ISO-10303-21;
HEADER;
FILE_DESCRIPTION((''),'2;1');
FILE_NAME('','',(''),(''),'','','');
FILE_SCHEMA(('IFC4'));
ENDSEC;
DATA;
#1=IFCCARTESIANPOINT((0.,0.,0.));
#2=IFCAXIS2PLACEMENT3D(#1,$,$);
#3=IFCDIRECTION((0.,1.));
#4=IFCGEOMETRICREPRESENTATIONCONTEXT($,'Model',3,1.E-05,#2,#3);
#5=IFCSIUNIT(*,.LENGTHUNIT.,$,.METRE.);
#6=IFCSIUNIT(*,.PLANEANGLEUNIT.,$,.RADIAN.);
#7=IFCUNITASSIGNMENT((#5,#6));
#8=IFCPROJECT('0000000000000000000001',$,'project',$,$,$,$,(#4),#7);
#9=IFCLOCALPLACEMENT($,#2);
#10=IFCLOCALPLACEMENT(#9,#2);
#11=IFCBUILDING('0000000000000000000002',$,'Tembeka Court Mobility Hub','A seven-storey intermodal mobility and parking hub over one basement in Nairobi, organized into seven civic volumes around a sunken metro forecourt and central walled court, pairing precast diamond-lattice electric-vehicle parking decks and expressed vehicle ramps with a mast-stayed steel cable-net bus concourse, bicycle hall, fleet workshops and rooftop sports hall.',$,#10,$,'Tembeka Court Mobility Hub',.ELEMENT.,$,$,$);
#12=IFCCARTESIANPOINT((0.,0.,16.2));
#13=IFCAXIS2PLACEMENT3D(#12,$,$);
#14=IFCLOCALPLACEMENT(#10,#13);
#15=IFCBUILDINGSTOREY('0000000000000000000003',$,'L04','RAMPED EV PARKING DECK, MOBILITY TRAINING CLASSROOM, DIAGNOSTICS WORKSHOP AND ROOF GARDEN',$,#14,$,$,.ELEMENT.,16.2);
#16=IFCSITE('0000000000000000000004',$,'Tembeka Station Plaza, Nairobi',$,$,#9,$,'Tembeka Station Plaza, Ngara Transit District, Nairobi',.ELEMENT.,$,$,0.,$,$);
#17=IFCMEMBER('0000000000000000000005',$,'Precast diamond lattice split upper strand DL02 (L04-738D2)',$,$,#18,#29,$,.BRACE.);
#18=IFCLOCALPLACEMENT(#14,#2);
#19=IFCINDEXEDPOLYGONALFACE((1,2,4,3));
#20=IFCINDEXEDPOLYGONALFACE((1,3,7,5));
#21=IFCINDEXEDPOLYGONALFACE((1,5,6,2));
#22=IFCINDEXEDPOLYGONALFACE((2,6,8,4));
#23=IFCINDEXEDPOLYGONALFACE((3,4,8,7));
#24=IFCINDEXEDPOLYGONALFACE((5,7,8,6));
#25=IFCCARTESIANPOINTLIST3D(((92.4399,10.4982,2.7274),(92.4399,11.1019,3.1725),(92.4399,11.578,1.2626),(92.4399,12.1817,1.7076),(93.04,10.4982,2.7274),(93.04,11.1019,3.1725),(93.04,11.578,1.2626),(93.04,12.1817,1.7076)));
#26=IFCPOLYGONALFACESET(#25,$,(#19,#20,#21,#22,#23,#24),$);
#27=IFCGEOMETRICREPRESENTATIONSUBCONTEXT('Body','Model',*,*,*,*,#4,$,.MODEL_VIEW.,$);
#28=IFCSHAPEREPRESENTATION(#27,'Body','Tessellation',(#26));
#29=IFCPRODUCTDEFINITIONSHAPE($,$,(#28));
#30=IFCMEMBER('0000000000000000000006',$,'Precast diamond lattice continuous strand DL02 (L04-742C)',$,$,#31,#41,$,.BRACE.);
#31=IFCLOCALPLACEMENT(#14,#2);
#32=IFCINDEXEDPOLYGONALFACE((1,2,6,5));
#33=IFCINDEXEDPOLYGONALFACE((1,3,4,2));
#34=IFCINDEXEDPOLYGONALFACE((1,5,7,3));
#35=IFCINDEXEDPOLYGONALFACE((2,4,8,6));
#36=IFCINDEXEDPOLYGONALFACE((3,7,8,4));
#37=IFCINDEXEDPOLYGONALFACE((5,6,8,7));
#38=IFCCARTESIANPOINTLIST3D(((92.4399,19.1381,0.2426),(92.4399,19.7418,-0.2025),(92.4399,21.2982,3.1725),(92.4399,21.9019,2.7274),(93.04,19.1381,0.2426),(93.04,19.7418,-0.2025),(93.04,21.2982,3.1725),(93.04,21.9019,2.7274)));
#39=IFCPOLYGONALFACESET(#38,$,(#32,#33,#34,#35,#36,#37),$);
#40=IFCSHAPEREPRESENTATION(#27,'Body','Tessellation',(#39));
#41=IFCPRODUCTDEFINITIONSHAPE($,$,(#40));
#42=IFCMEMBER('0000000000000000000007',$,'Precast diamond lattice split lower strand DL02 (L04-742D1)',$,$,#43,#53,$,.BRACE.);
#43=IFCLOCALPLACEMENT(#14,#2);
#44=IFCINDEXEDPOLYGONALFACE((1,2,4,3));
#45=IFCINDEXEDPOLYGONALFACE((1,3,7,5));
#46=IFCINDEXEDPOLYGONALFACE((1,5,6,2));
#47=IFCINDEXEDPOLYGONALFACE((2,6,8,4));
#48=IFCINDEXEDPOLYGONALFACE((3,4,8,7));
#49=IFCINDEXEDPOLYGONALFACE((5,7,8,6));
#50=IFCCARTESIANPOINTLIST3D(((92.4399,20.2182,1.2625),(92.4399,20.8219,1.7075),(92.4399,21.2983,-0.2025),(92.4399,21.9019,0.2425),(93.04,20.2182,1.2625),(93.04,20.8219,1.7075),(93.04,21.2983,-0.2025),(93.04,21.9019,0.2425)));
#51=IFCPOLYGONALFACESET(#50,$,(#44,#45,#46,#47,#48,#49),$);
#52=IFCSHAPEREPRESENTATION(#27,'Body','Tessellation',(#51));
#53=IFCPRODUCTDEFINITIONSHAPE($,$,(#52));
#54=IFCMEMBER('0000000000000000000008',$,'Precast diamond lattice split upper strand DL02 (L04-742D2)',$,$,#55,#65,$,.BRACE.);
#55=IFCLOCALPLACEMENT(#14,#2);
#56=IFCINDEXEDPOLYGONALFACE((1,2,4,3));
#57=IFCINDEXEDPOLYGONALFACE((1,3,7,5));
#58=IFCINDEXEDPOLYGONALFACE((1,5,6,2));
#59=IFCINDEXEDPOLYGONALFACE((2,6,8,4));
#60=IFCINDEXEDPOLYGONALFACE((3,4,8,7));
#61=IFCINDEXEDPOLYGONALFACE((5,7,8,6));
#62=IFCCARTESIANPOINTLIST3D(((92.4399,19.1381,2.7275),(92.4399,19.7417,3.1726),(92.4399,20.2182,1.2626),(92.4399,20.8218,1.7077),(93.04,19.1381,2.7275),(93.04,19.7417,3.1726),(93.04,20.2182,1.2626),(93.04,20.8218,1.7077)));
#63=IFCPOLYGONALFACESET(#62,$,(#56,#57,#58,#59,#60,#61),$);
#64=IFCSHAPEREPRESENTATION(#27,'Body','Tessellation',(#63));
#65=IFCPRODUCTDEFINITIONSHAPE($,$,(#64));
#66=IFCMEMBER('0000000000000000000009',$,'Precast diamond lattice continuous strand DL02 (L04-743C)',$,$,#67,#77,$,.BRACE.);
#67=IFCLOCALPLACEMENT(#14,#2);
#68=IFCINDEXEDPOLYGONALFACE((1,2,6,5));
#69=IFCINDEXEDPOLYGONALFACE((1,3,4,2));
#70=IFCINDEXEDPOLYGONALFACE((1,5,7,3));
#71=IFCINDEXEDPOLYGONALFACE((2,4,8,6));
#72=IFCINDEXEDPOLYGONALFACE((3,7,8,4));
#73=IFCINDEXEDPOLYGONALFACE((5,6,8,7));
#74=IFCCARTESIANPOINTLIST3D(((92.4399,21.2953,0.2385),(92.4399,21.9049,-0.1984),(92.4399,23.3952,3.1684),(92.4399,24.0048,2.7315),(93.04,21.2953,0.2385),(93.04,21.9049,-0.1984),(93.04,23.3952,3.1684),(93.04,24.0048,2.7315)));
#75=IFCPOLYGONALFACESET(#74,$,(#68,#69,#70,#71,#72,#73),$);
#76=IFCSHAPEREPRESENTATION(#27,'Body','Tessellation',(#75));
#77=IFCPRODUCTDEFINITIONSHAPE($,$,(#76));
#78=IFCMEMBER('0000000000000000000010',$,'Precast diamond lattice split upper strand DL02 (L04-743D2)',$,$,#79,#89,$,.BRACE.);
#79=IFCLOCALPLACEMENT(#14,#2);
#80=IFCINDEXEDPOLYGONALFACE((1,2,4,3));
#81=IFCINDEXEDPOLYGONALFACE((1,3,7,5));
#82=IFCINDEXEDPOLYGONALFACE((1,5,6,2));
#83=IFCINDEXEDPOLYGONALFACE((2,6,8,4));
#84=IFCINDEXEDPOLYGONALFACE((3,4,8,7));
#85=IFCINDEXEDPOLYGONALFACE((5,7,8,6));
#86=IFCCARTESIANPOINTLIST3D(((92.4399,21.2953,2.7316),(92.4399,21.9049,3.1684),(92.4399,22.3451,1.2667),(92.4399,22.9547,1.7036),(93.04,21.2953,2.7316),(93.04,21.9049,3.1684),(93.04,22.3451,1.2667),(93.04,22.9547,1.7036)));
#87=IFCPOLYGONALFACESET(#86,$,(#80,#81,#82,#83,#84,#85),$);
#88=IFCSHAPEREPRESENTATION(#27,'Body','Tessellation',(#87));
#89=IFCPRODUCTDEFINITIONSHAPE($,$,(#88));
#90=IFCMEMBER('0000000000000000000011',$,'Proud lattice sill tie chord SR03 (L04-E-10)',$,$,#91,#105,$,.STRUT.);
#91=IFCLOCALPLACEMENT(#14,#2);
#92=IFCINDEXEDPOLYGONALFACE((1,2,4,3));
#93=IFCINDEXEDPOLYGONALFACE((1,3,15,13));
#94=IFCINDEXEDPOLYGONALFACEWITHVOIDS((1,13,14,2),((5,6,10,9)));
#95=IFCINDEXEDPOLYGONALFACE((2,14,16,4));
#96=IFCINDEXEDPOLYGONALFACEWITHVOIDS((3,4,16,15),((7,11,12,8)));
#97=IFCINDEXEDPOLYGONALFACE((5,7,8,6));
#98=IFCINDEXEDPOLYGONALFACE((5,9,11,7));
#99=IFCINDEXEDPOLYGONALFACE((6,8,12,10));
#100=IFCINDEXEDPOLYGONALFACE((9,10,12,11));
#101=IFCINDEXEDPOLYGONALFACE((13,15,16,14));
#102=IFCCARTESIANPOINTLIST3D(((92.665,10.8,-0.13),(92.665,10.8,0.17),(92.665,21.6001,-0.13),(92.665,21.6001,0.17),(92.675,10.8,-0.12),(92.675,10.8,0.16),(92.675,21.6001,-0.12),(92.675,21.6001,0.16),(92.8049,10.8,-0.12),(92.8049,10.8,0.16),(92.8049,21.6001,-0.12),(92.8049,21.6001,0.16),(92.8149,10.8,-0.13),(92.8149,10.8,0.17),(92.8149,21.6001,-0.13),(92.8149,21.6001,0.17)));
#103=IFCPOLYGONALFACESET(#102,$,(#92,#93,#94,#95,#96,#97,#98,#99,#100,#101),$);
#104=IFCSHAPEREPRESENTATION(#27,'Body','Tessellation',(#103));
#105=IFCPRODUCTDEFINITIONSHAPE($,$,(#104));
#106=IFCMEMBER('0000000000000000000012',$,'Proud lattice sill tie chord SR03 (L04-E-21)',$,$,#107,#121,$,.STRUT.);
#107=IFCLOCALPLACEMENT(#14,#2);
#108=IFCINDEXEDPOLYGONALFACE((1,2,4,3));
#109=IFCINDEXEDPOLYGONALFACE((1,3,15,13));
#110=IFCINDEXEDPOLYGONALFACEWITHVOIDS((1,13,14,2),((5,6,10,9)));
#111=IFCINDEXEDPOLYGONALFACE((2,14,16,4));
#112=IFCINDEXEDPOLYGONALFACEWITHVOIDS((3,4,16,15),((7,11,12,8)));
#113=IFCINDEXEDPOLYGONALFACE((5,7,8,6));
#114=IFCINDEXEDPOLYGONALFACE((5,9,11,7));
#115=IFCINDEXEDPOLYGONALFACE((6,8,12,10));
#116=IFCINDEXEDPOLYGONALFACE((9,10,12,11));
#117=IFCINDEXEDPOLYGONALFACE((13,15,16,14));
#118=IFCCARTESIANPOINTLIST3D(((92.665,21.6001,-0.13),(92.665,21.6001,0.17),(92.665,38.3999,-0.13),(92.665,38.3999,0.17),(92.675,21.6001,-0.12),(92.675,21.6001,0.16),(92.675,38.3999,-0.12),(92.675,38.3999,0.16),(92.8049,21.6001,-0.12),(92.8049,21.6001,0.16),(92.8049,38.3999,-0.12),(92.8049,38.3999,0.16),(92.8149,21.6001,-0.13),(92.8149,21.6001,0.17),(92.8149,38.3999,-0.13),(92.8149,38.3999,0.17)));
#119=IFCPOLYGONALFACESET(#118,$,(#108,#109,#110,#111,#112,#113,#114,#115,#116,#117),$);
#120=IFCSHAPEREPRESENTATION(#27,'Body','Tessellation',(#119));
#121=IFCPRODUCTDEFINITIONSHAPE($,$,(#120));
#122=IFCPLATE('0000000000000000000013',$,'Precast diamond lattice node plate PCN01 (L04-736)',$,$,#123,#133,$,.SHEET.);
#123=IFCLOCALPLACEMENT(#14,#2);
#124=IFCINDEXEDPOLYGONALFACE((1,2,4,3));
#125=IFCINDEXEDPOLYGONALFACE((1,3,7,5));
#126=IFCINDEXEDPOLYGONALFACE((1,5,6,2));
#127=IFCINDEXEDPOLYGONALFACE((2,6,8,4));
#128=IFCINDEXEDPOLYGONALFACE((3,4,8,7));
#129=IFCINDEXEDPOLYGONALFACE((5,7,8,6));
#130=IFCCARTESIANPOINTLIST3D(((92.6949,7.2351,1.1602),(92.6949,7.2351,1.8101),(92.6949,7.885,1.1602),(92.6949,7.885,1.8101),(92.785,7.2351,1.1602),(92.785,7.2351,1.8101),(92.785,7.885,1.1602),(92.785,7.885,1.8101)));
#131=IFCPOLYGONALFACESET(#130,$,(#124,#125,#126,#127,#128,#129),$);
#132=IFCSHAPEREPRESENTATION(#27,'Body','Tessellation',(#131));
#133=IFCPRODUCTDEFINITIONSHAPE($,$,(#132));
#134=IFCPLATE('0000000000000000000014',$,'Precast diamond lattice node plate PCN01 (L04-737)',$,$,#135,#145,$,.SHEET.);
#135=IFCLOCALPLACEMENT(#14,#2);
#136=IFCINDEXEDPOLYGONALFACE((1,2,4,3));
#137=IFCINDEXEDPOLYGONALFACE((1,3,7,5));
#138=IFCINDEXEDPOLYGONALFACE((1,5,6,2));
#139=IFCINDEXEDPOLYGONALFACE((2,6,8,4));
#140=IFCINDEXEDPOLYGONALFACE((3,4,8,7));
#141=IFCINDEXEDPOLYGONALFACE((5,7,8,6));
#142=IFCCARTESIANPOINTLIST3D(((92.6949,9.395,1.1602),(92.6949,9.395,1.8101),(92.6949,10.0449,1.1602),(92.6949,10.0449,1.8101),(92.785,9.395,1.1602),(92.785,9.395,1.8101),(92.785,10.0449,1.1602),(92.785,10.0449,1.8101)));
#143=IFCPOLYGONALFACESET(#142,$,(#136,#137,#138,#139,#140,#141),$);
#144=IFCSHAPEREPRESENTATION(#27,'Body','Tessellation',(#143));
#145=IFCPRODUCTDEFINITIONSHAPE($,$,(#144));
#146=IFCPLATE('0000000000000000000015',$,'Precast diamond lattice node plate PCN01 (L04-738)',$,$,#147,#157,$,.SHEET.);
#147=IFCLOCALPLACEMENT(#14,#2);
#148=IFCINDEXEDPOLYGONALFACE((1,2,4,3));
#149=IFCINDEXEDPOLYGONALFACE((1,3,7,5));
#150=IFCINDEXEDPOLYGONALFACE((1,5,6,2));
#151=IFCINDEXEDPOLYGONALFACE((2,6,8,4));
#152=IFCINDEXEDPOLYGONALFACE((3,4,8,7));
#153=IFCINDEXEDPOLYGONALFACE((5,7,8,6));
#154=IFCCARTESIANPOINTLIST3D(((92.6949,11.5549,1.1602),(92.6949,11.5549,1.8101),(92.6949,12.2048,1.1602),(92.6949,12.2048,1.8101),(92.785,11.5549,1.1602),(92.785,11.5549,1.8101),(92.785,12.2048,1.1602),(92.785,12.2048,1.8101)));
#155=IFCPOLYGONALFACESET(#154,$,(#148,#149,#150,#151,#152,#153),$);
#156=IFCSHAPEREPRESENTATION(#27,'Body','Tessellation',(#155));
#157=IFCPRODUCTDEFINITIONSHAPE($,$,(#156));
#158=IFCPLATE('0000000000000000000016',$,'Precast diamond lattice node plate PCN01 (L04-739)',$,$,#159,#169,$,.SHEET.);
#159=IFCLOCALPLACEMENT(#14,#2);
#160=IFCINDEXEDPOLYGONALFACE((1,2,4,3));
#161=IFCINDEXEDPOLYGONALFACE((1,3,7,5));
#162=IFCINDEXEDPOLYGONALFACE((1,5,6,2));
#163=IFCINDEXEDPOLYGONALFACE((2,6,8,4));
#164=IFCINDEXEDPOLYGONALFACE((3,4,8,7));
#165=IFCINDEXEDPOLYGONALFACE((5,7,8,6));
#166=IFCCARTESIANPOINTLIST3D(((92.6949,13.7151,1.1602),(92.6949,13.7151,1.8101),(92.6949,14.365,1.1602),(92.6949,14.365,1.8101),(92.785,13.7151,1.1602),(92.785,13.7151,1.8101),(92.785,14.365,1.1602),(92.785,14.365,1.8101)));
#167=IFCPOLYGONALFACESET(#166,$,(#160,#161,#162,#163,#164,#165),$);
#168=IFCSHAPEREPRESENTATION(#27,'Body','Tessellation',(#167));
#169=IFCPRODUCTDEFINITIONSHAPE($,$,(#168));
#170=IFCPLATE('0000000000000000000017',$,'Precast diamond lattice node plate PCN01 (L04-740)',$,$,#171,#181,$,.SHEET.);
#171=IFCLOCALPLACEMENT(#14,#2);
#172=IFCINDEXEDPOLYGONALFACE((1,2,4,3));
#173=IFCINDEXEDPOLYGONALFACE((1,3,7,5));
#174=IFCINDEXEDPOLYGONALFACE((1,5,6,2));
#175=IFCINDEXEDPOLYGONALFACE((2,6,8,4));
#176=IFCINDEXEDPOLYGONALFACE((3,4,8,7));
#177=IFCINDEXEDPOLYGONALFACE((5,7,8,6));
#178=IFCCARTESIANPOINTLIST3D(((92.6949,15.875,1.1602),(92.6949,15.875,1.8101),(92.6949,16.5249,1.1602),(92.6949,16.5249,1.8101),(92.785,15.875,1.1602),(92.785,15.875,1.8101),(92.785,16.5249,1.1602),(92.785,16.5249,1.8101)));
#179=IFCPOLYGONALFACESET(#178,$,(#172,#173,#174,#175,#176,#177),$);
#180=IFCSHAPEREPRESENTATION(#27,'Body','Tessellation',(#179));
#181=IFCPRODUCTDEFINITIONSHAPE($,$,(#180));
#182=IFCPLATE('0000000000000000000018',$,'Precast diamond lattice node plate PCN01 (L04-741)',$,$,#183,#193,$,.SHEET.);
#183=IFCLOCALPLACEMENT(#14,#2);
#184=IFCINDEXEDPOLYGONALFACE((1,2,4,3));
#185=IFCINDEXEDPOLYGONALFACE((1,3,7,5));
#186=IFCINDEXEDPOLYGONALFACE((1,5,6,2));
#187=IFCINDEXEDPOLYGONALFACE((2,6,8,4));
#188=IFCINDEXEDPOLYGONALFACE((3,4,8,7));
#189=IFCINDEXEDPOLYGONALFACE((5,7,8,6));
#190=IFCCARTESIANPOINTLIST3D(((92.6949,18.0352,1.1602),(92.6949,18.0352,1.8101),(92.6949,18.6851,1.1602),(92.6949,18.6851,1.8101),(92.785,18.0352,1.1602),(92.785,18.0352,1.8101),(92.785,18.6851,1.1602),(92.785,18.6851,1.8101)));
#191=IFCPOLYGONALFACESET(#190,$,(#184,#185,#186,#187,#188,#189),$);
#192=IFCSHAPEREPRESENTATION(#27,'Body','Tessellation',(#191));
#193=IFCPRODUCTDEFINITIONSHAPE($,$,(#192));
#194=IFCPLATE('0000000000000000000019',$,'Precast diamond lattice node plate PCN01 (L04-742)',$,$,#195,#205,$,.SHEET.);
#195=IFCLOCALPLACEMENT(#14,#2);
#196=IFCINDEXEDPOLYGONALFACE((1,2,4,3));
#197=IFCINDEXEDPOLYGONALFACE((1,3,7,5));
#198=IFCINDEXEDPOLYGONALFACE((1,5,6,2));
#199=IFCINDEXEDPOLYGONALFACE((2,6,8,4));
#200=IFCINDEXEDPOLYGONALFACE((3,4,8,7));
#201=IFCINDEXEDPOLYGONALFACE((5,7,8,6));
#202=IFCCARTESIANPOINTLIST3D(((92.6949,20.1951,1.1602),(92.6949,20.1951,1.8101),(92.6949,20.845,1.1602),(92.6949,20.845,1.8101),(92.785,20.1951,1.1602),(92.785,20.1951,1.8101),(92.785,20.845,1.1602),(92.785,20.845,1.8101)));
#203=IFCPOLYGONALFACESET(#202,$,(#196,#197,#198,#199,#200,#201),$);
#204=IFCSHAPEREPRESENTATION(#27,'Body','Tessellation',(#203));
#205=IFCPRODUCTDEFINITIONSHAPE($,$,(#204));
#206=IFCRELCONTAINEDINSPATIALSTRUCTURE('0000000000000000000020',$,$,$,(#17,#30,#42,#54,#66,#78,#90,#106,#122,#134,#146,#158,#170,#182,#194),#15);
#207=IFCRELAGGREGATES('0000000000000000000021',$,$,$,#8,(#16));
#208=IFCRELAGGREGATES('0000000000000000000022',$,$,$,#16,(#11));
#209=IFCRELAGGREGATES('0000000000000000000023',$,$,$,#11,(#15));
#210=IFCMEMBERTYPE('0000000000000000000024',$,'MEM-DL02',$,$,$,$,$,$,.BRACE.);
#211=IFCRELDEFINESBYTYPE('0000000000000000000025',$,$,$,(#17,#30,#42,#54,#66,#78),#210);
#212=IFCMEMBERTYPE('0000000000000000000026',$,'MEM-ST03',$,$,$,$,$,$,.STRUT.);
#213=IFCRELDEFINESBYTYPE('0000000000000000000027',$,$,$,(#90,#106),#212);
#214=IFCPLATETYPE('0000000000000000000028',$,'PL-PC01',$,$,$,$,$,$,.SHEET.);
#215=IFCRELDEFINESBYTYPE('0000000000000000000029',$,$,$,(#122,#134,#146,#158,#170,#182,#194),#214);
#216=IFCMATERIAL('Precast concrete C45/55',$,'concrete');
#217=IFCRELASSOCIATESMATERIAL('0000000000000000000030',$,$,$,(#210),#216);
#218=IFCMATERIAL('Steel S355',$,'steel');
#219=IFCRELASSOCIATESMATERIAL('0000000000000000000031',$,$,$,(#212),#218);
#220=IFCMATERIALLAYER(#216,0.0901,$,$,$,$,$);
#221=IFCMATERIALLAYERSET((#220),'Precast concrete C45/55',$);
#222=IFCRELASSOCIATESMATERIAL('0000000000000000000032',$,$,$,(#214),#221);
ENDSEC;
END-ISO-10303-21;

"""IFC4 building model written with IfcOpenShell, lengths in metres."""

from ifc_helpers import new_model, si_unit, direction, frame, origin, origin_2d, place, context, subcontext, project, spatial, rectangle, hollow_rectangle, extrude, material, layer, layer_set, material_profile, profile_set, type_object, element, save


model = new_model("IFC4")

# Units and contexts
model_context = context("Model", 3, precision=1e-05, world=origin(), true_north=direction((0.0, 1.0)))
body_context = subcontext(model_context, "Body", "Model", "MODEL_VIEW")
ifc_project = project(units=[si_unit("LENGTHUNIT", "METRE"), si_unit("PLANEANGLEUNIT", "RADIAN")], contexts=[model_context])

# Site, building, storey
site_placement = place(None, origin())
site = spatial("IfcSite", under=ifc_project, at=site_placement, Name="Tembeka Station Plaza, Nairobi", LongName="Tembeka Station Plaza, Ngara Transit District, Nairobi", CompositionType="ELEMENT", RefElevation=0.0)
building_placement = place(site_placement, origin())
building = spatial("IfcBuilding", under=site, at=building_placement, Name="Tembeka Court Mobility Hub", Description="A seven-storey intermodal mobility and parking hub over one basement in Nairobi, organized into seven civic volumes around a sunken metro forecourt and central walled court, pairing precast diamond-lattice electric-vehicle parking decks and expressed vehicle ramps with a mast-stayed steel cable-net bus concourse, bicycle hall, fleet workshops and rooftop sports hall.", LongName="Tembeka Court Mobility Hub", CompositionType="ELEMENT")
storey_placement = place(building_placement, frame((0.0, 0.0, 16.2)))
storey = spatial("IfcBuildingStorey", under=building, at=storey_placement, Name="L04", Description="RAMPED EV PARKING DECK, MOBILITY TRAINING CLASSROOM, DIAGNOSTICS WORKSHOP AND ROOF GARDEN", CompositionType="ELEMENT", Elevation=16.2)

# Members
ifc_material_1 = material(Name="Precast concrete C45/55", Category="concrete")
ifc_material_profile_1 = material_profile(ifc_material_1, rectangle(XDim=0.6001, YDim=0.75, at=origin_2d()), Name="PC-DIAG 600x750")
ifc_profile_set_1 = profile_set([ifc_material_profile_1], Name="Precast concrete C45/55")
member_type_1 = type_object("IfcMemberType", Name="MEM-DL02", PredefinedType="BRACE", material=ifc_profile_set_1)
member_1_placement = place(storey_placement, frame((92.74, 11.8799, 1.4851), z_axis=(0.0, -0.593368, 0.804931), x_axis=(1.0, 0.0, 0.0)))
element("IfcMember", 1, at=member_1_placement, inside=storey, type_object=member_type_1, Name="Precast diamond lattice split upper strand DL02 (L04-738D2)", PredefinedType="BRACE", context=body_context, shape_type="SweptSolid", body=[
    extrude(rectangle(XDim=0.6001, YDim=0.75, at=origin_2d()), origin(), (0.0, 0.0, 1.0), 1.8198),
])
member_2_placement = place(storey_placement, frame((92.74, 19.4399, 0.02), z_axis=(0.0, 0.593423, 0.804891), x_axis=(-1.0, 0.0, 0.0)))
element("IfcMember", 2, at=member_2_placement, inside=storey, type_object=member_type_1, Name="Precast diamond lattice continuous strand DL02 (L04-742C)", PredefinedType="BRACE", context=body_context, shape_type="SweptSolid", body=[
    extrude(rectangle(XDim=0.6001, YDim=0.75, at=origin_2d()), origin(), (0.0, 0.0, 1.0), 3.6401),
])
for number, where, z_axis, x_axis, name in (
    (3, (92.74, 21.6001, 0.02), (0.0, -0.593391, 0.804914), (1.0, 0.0, 0.0), "Precast diamond lattice split lower strand DL02 (L04-742D1)"),
    (4, (92.74, 20.52, 1.4851), (0.0, -0.593455, 0.804867), (1.0, 0.0, 0.0), "Precast diamond lattice split upper strand DL02 (L04-742D2)"),
):
    element("IfcMember", number, at=place(storey_placement, frame(where, z_axis=z_axis, x_axis=x_axis)), inside=storey, type_object=member_type_1, Name=name, PredefinedType="BRACE", context=body_context, shape_type="SweptSolid", body=[
        extrude(rectangle(XDim=0.6001, YDim=0.75, at=origin_2d()), origin(), (0.0, 0.0, 1.0), 1.8201),
    ])
member_3_placement = place(storey_placement, frame((92.74, 21.6001, 0.02), z_axis=(0.0, 0.582532, 0.812808), x_axis=(-1.0, 0.0, 0.0)))
element("IfcMember", 5, at=member_3_placement, inside=storey, type_object=member_type_1, Name="Precast diamond lattice continuous strand DL02 (L04-743C)", PredefinedType="BRACE", context=body_context, shape_type="SweptSolid", body=[
    extrude(rectangle(XDim=0.6001, YDim=0.75, at=origin_2d()), origin(), (0.0, 0.0, 1.0), 3.6047),
])
member_4_placement = place(storey_placement, frame((92.74, 22.6499, 1.4851), z_axis=(0.0, -0.582519, 0.812817), x_axis=(1.0, 0.0, 0.0)))
element("IfcMember", 6, at=member_4_placement, inside=storey, type_object=member_type_1, Name="Precast diamond lattice split upper strand DL02 (L04-743D2)", PredefinedType="BRACE", context=body_context, shape_type="SweptSolid", body=[
    extrude(rectangle(XDim=0.6001, YDim=0.75, at=origin_2d()), origin(), (0.0, 0.0, 1.0), 1.8022),
])
ifc_material_2 = material(Name="Steel S355", Category="steel")
ifc_material_profile_2 = material_profile(ifc_material_2, hollow_rectangle(XDim=0.1499, YDim=0.3, WallThickness=0.01, at=origin_2d()), Name="RHS 300x150x10")
ifc_profile_set_2 = profile_set([ifc_material_profile_2], Name="Steel S355")
member_type_2 = type_object("IfcMemberType", Name="MEM-ST03", PredefinedType="STRUT", material=ifc_profile_set_2)
member_5_placement = place(storey_placement, frame((92.74, 10.8, 0.02), z_axis=(0.0, 1.0, 0.0), x_axis=(-1.0, 0.0, 0.0)))
element("IfcMember", 7, at=member_5_placement, inside=storey, type_object=member_type_2, Name="Proud lattice sill tie chord SR03 (L04-E-10)", PredefinedType="STRUT", context=body_context, shape_type="SweptSolid", body=[
    extrude(hollow_rectangle(XDim=0.1499, YDim=0.3, WallThickness=0.01, at=origin_2d()), origin(), (0.0, 0.0, 1.0), 10.8),
])
member_6_placement = place(storey_placement, frame((92.74, 21.6001, 0.02), z_axis=(0.0, 1.0, 0.0), x_axis=(-1.0, 0.0, 0.0)))
element("IfcMember", 8, at=member_6_placement, inside=storey, type_object=member_type_2, Name="Proud lattice sill tie chord SR03 (L04-E-21)", PredefinedType="STRUT", context=body_context, shape_type="SweptSolid", body=[
    extrude(hollow_rectangle(XDim=0.1499, YDim=0.3, WallThickness=0.01, at=origin_2d()), origin(), (0.0, 0.0, 1.0), 16.7998),
])

# Plates
ifc_layer = layer(ifc_material_1, 0.0901)
ifc_layer_set = layer_set([ifc_layer], Name="Precast concrete C45/55")
plate_type = type_object("IfcPlateType", Name="PL-PC01", PredefinedType="SHEET", material=ifc_layer_set)
for number, where, z_axis, x_axis, name in (
    (9, (92.74, 7.5601, 1.1602), (0.0, 0.0, 1.0), (1.0, 0.0, 0.0), "Precast diamond lattice node plate PCN01 (L04-736)"),
    (10, (92.74, 9.72, 1.1602), (0.0, 0.0, 1.0), (1.0, 0.0, 0.0), "Precast diamond lattice node plate PCN01 (L04-737)"),
    (11, (92.74, 11.8799, 1.1602), (0.0, 0.0, 1.0), (1.0, 0.0, 0.0), "Precast diamond lattice node plate PCN01 (L04-738)"),
    (12, (92.74, 14.04, 1.1602), (0.0, 0.0, 1.0), (1.0, 0.0, 0.0), "Precast diamond lattice node plate PCN01 (L04-739)"),
    (13, (92.74, 16.2, 1.1602), (0.0, 0.0, 1.0), (1.0, 0.0, 0.0), "Precast diamond lattice node plate PCN01 (L04-740)"),
    (14, (92.74, 18.3601, 1.1602), (0.0, 0.0, 1.0), (1.0, 0.0, 0.0), "Precast diamond lattice node plate PCN01 (L04-741)"),
    (15, (92.74, 20.52, 1.1602), (0.0, 0.0, 1.0), (1.0, 0.0, 0.0), "Precast diamond lattice node plate PCN01 (L04-742)"),
):
    element("IfcPlate", number, at=place(storey_placement, frame(where, z_axis=z_axis, x_axis=x_axis)), inside=storey, type_object=plate_type, Name=name, PredefinedType="SHEET", context=body_context, shape_type="SweptSolid", body=[
        extrude(rectangle(XDim=0.0901, YDim=0.6499, at=origin_2d()), origin(), (0.0, 0.0, 1.0), 0.6499),
    ])

save(model, "model.ifc")
